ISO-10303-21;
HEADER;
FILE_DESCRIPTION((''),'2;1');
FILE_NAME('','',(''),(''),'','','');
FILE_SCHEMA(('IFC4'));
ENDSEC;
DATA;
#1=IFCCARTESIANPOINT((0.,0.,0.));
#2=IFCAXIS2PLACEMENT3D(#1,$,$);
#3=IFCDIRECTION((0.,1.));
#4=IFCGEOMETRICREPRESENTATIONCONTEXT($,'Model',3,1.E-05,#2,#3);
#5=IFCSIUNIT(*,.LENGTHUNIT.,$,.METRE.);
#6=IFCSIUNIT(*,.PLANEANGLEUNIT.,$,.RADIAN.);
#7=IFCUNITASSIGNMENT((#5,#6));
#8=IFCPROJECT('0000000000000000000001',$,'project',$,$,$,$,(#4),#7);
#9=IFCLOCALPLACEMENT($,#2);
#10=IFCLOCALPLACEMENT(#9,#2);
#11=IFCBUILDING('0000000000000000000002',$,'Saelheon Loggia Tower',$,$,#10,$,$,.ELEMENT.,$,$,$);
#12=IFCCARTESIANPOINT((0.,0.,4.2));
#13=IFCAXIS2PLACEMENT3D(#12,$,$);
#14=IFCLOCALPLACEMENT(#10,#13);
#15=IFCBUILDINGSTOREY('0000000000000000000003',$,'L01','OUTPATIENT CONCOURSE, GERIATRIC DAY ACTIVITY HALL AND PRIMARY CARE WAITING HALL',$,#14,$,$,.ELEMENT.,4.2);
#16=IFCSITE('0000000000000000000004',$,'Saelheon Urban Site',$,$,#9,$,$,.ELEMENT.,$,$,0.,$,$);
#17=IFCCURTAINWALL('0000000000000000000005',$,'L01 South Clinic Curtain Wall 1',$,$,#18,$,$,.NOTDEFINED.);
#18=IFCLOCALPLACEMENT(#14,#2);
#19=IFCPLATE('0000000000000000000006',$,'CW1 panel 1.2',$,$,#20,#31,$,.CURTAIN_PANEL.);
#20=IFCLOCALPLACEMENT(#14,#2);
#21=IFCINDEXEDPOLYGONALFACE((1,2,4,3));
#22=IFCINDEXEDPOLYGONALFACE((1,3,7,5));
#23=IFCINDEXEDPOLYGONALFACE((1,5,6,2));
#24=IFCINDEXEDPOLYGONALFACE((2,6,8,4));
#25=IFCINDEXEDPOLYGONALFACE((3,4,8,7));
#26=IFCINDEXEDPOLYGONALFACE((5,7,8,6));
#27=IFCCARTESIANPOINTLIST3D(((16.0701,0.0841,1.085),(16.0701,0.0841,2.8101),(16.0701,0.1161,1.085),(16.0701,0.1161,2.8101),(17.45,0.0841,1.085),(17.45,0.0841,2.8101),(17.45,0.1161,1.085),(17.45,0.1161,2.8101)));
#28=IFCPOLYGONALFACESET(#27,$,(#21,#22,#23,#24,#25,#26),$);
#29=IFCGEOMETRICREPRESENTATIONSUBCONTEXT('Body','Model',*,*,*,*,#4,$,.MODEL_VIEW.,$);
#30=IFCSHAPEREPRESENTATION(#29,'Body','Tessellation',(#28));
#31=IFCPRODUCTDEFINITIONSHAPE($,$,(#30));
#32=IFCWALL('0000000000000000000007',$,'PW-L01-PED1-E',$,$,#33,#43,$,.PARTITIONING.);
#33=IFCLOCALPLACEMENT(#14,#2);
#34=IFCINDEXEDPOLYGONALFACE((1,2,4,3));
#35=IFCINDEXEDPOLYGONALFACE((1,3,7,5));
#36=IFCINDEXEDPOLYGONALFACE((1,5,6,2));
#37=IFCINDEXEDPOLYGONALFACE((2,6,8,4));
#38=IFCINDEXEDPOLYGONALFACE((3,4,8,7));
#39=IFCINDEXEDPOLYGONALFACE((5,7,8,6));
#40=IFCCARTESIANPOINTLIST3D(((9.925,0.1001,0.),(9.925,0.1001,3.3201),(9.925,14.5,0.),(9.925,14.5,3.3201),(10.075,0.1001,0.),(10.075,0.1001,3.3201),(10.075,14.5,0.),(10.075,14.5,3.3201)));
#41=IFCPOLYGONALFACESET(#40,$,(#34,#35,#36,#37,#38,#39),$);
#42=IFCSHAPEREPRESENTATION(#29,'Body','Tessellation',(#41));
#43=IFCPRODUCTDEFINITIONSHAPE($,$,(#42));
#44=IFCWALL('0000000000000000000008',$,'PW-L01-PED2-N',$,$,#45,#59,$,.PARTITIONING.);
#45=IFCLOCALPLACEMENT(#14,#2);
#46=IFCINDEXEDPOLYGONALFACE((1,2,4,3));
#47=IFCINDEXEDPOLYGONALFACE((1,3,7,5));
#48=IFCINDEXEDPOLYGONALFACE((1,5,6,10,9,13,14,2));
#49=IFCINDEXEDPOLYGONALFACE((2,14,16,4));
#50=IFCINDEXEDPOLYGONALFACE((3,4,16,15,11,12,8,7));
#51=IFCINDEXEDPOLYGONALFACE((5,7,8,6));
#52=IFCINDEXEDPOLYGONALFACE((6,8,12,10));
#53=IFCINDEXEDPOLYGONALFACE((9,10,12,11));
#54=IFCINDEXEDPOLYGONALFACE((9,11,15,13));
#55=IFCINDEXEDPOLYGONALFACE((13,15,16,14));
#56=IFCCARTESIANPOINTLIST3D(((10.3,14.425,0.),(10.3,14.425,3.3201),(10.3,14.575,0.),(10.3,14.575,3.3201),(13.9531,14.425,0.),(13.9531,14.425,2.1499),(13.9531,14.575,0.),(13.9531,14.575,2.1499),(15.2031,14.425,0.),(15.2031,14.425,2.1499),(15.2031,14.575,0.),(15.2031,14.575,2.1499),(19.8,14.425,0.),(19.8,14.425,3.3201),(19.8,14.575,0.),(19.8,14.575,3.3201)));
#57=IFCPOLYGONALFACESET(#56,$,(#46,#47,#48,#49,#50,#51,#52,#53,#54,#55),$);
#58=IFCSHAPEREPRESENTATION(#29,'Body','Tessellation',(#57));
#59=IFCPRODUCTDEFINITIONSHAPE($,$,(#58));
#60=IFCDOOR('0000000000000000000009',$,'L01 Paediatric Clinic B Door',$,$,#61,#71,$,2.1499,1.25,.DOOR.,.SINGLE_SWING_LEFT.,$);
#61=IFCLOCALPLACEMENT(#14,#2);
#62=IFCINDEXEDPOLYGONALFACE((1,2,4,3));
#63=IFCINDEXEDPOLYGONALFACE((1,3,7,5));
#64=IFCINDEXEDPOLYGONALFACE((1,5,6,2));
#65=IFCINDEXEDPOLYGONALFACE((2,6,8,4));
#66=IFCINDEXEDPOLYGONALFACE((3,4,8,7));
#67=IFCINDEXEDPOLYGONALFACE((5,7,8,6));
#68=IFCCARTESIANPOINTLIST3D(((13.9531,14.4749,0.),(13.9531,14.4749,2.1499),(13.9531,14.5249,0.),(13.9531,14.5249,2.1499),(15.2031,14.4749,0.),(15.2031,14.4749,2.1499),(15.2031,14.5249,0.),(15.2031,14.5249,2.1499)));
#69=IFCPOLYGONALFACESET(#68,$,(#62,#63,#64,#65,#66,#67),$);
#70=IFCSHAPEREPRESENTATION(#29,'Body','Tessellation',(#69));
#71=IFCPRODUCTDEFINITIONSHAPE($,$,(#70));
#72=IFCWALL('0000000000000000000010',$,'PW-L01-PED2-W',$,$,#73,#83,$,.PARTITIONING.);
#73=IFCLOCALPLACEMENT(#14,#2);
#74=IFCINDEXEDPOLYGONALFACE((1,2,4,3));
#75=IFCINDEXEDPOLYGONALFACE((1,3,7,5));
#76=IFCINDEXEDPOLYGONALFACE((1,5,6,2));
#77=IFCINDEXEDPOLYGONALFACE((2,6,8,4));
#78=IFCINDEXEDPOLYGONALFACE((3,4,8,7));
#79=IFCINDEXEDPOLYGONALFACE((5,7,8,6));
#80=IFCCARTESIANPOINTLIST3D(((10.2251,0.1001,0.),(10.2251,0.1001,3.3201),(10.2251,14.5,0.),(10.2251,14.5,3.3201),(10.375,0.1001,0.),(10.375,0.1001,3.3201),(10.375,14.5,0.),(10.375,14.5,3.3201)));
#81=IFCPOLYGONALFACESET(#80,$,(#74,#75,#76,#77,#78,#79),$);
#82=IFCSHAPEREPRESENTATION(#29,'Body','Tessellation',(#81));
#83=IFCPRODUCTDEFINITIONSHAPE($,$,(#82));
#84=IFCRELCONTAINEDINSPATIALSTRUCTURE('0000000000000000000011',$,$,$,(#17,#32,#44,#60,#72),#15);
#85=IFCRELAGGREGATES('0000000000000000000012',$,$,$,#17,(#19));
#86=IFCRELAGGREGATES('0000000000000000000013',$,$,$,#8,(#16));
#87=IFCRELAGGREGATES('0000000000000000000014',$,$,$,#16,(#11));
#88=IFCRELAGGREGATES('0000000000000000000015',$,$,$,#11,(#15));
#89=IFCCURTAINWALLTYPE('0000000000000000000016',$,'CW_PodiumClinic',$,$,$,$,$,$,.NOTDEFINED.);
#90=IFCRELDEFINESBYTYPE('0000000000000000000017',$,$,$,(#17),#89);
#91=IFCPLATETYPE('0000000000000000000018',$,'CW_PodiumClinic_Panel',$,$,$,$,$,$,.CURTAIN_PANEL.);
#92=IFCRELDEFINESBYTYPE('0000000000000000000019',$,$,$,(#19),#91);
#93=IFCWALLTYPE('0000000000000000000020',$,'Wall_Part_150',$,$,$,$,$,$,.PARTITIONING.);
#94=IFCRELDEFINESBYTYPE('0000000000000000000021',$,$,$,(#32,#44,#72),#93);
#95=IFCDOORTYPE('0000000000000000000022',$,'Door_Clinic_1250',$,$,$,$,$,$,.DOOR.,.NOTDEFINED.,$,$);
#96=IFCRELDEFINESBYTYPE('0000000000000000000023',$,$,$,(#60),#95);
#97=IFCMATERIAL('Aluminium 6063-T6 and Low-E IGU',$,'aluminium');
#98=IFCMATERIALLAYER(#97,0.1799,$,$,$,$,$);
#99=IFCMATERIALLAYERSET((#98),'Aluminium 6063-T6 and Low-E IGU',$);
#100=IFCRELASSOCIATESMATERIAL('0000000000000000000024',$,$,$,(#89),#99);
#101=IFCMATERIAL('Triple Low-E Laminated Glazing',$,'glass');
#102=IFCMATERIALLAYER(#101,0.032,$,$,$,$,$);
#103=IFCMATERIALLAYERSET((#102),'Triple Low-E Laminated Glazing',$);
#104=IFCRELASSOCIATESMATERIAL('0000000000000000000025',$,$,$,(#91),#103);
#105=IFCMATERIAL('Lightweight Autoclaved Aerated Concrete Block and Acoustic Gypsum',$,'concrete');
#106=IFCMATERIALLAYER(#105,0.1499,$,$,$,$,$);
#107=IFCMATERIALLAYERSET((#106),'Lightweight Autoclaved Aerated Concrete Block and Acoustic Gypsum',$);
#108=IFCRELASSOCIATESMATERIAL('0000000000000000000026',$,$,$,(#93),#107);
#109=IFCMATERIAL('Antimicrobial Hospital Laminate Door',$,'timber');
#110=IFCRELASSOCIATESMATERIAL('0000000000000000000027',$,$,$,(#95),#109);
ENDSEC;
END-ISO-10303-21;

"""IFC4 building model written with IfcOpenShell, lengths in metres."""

from ifc_helpers import new_model, si_unit, direction, frame, frame_2d, origin, origin_2d, place, context, subcontext, project, spatial, rectangle, extrude, source, transform, mapped, material, layer, layer_set, type_object, element, fill, aggregate, save


model = new_model("IFC4")

# Units and contexts
model_context = context("Model", 3, precision=1e-05, world=origin(), true_north=direction((0.0, 1.0)))
body_context = subcontext(model_context, "Body", "Model", "MODEL_VIEW")
ifc_project = project(units=[si_unit("LENGTHUNIT", "METRE"), si_unit("PLANEANGLEUNIT", "RADIAN")], contexts=[model_context])

# Site, building, storey
site_placement = place(None, origin())
site = spatial("IfcSite", under=ifc_project, at=site_placement, Name="Saelheon Urban Site", CompositionType="ELEMENT", RefElevation=0.0)
building_placement = place(site_placement, origin())
building = spatial("IfcBuilding", under=site, at=building_placement, Name="Saelheon Loggia Tower", CompositionType="ELEMENT")
storey_placement = place(building_placement, frame((0.0, 0.0, 4.2)))
storey = spatial("IfcBuildingStorey", under=building, at=storey_placement, Name="L01", Description="OUTPATIENT CONCOURSE, GERIATRIC DAY ACTIVITY HALL AND PRIMARY CARE WAITING HALL", CompositionType="ELEMENT", Elevation=4.2)

# Curtain wall, plate
ifc_material_1 = material(Name="Aluminium 6063-T6 and Low-E IGU", Category="aluminium")
ifc_layer_1 = layer(ifc_material_1, 0.1799)
ifc_layer_set_1 = layer_set([ifc_layer_1], Name="Aluminium 6063-T6 and Low-E IGU")
curtain_wall_type = type_object("IfcCurtainWallType", Name="CW_PodiumClinic", PredefinedType="NOTDEFINED", material=ifc_layer_set_1)
curtain_wall_placement = place(storey_placement, origin())
curtain_wall = element("IfcCurtainWall", 1, at=curtain_wall_placement, inside=storey, type_object=curtain_wall_type, Name="L01 South Clinic Curtain Wall 1", PredefinedType="NOTDEFINED")
ifc_material_2 = material(Name="Triple Low-E Laminated Glazing", Category="glass")
ifc_layer_2 = layer(ifc_material_2, 0.032)
ifc_layer_set_2 = layer_set([ifc_layer_2], Name="Triple Low-E Laminated Glazing")
plate_type = type_object("IfcPlateType", Name="CW_PodiumClinic_Panel", PredefinedType="CURTAIN_PANEL", material=ifc_layer_set_2)
shared_shape_1 = source(origin(), body_context, "Body", "SweptSolid", [
    extrude(rectangle(XDim=1.3799, YDim=0.032, at=origin_2d()), origin(), (0.0, 0.0, 1.0), 1.7251),
])
plate_1_placement = place(storey_placement, frame((16.76, 0.1001, 1.085), z_axis=(0.0, 0.0, 1.0), x_axis=(1.0, 0.0, 0.0)))
plate_1 = element("IfcPlate", 2, at=plate_1_placement, type_object=plate_type, Name="CW1 panel 1.2", PredefinedType="CURTAIN_PANEL", context=body_context, shape_type="MappedRepresentation", body=[
    mapped(shared_shape_1, transform((0.0, 0.0, 0.0), scale=1.0)),
])
aggregate(curtain_wall, [plate_1])

# Wall
ifc_material_3 = material(Name="Lightweight Autoclaved Aerated Concrete Block and Acoustic Gypsum", Category="concrete")
ifc_layer_3 = layer(ifc_material_3, 0.1499)
ifc_layer_set_3 = layer_set([ifc_layer_3], Name="Lightweight Autoclaved Aerated Concrete Block and Acoustic Gypsum")
wall_type = type_object("IfcWallType", Name="Wall_Part_150", PredefinedType="PARTITIONING", material=ifc_layer_set_3)
wall_1_placement = place(storey_placement, frame((10.0, 0.1001, 0.0), z_axis=(0.0, 0.0, 1.0), x_axis=(0.0, 1.0, 0.0)))
element("IfcWall", 3, at=wall_1_placement, inside=storey, type_object=wall_type, Name="PW-L01-PED1-E", PredefinedType="PARTITIONING", context=body_context, shape_type="SweptSolid", body=[
    extrude(rectangle(XDim=14.3999, YDim=0.1499, at=frame_2d((7.2, 0.0))), origin(), (0.0, 0.0, 1.0), 3.3201),
])

# Wall, opening, door
wall_2_placement = place(storey_placement, frame((10.3, 14.5, 0.0), z_axis=(0.0, 0.0, 1.0), x_axis=(1.0, 0.0, 0.0)))
wall_2 = element("IfcWall", 4, at=wall_2_placement, inside=storey, type_object=wall_type, Name="PW-L01-PED2-N", PredefinedType="PARTITIONING", context=body_context, shape_type="SweptSolid", body=[
    extrude(rectangle(XDim=9.5, YDim=0.1499, at=frame_2d((4.75, 0.0))), origin(), (0.0, 0.0, 1.0), 3.3201),
])
opening_placement = place(wall_2_placement, frame((3.6531, 0.0, 0.0)))
opening = element("IfcOpeningElement", 5, at=opening_placement, cuts=wall_2, PredefinedType="OPENING", context=body_context, shape_type="SweptSolid", body=[
    extrude(rectangle(XDim=1.25, YDim=2.1499, at=frame_2d((0.625, 1.075))), frame((0.0, 0.0869, 0.0), z_axis=(0.0, -1.0, 0.0), x_axis=(1.0, 0.0, 0.0)), (0.0, 0.0, 1.0), 0.1738),
])
ifc_material_4 = material(Name="Antimicrobial Hospital Laminate Door", Category="timber")
door_type = type_object("IfcDoorType", Name="Door_Clinic_1250", OperationType="NOTDEFINED", PredefinedType="DOOR", material=ifc_material_4)
shared_shape_2 = source(origin(), body_context, "Body", "SweptSolid", [
    extrude(rectangle(XDim=1.25, YDim=2.1499, at=frame_2d((0.625, 1.075))), frame((0.0, 0.0249, 0.0), z_axis=(0.0, -1.0, 0.0), x_axis=(1.0, 0.0, 0.0)), (0.0, 0.0, 1.0), 0.05),
])
door_placement = place(opening_placement, origin())
door = element("IfcDoor", 6, at=door_placement, inside=storey, type_object=door_type, Name="L01 Paediatric Clinic B Door", OperationType="SINGLE_SWING_LEFT", OverallHeight=2.1499, OverallWidth=1.25, PredefinedType="DOOR", context=body_context, shape_type="MappedRepresentation", body=[
    mapped(shared_shape_2, transform((0.0, 0.0, 0.0), scale=1.0)),
])
fill(opening, door)

# Wall
wall_3_placement = place(storey_placement, frame((10.3, 0.1001, 0.0), z_axis=(0.0, 0.0, 1.0), x_axis=(0.0, 1.0, 0.0)))
element("IfcWall", 7, at=wall_3_placement, inside=storey, type_object=wall_type, Name="PW-L01-PED2-W", PredefinedType="PARTITIONING", context=body_context, shape_type="SweptSolid", body=[
    extrude(rectangle(XDim=14.3999, YDim=0.1499, at=frame_2d((7.2, 0.0))), origin(), (0.0, 0.0, 1.0), 3.3201),
])

save(model, "model.ifc")
